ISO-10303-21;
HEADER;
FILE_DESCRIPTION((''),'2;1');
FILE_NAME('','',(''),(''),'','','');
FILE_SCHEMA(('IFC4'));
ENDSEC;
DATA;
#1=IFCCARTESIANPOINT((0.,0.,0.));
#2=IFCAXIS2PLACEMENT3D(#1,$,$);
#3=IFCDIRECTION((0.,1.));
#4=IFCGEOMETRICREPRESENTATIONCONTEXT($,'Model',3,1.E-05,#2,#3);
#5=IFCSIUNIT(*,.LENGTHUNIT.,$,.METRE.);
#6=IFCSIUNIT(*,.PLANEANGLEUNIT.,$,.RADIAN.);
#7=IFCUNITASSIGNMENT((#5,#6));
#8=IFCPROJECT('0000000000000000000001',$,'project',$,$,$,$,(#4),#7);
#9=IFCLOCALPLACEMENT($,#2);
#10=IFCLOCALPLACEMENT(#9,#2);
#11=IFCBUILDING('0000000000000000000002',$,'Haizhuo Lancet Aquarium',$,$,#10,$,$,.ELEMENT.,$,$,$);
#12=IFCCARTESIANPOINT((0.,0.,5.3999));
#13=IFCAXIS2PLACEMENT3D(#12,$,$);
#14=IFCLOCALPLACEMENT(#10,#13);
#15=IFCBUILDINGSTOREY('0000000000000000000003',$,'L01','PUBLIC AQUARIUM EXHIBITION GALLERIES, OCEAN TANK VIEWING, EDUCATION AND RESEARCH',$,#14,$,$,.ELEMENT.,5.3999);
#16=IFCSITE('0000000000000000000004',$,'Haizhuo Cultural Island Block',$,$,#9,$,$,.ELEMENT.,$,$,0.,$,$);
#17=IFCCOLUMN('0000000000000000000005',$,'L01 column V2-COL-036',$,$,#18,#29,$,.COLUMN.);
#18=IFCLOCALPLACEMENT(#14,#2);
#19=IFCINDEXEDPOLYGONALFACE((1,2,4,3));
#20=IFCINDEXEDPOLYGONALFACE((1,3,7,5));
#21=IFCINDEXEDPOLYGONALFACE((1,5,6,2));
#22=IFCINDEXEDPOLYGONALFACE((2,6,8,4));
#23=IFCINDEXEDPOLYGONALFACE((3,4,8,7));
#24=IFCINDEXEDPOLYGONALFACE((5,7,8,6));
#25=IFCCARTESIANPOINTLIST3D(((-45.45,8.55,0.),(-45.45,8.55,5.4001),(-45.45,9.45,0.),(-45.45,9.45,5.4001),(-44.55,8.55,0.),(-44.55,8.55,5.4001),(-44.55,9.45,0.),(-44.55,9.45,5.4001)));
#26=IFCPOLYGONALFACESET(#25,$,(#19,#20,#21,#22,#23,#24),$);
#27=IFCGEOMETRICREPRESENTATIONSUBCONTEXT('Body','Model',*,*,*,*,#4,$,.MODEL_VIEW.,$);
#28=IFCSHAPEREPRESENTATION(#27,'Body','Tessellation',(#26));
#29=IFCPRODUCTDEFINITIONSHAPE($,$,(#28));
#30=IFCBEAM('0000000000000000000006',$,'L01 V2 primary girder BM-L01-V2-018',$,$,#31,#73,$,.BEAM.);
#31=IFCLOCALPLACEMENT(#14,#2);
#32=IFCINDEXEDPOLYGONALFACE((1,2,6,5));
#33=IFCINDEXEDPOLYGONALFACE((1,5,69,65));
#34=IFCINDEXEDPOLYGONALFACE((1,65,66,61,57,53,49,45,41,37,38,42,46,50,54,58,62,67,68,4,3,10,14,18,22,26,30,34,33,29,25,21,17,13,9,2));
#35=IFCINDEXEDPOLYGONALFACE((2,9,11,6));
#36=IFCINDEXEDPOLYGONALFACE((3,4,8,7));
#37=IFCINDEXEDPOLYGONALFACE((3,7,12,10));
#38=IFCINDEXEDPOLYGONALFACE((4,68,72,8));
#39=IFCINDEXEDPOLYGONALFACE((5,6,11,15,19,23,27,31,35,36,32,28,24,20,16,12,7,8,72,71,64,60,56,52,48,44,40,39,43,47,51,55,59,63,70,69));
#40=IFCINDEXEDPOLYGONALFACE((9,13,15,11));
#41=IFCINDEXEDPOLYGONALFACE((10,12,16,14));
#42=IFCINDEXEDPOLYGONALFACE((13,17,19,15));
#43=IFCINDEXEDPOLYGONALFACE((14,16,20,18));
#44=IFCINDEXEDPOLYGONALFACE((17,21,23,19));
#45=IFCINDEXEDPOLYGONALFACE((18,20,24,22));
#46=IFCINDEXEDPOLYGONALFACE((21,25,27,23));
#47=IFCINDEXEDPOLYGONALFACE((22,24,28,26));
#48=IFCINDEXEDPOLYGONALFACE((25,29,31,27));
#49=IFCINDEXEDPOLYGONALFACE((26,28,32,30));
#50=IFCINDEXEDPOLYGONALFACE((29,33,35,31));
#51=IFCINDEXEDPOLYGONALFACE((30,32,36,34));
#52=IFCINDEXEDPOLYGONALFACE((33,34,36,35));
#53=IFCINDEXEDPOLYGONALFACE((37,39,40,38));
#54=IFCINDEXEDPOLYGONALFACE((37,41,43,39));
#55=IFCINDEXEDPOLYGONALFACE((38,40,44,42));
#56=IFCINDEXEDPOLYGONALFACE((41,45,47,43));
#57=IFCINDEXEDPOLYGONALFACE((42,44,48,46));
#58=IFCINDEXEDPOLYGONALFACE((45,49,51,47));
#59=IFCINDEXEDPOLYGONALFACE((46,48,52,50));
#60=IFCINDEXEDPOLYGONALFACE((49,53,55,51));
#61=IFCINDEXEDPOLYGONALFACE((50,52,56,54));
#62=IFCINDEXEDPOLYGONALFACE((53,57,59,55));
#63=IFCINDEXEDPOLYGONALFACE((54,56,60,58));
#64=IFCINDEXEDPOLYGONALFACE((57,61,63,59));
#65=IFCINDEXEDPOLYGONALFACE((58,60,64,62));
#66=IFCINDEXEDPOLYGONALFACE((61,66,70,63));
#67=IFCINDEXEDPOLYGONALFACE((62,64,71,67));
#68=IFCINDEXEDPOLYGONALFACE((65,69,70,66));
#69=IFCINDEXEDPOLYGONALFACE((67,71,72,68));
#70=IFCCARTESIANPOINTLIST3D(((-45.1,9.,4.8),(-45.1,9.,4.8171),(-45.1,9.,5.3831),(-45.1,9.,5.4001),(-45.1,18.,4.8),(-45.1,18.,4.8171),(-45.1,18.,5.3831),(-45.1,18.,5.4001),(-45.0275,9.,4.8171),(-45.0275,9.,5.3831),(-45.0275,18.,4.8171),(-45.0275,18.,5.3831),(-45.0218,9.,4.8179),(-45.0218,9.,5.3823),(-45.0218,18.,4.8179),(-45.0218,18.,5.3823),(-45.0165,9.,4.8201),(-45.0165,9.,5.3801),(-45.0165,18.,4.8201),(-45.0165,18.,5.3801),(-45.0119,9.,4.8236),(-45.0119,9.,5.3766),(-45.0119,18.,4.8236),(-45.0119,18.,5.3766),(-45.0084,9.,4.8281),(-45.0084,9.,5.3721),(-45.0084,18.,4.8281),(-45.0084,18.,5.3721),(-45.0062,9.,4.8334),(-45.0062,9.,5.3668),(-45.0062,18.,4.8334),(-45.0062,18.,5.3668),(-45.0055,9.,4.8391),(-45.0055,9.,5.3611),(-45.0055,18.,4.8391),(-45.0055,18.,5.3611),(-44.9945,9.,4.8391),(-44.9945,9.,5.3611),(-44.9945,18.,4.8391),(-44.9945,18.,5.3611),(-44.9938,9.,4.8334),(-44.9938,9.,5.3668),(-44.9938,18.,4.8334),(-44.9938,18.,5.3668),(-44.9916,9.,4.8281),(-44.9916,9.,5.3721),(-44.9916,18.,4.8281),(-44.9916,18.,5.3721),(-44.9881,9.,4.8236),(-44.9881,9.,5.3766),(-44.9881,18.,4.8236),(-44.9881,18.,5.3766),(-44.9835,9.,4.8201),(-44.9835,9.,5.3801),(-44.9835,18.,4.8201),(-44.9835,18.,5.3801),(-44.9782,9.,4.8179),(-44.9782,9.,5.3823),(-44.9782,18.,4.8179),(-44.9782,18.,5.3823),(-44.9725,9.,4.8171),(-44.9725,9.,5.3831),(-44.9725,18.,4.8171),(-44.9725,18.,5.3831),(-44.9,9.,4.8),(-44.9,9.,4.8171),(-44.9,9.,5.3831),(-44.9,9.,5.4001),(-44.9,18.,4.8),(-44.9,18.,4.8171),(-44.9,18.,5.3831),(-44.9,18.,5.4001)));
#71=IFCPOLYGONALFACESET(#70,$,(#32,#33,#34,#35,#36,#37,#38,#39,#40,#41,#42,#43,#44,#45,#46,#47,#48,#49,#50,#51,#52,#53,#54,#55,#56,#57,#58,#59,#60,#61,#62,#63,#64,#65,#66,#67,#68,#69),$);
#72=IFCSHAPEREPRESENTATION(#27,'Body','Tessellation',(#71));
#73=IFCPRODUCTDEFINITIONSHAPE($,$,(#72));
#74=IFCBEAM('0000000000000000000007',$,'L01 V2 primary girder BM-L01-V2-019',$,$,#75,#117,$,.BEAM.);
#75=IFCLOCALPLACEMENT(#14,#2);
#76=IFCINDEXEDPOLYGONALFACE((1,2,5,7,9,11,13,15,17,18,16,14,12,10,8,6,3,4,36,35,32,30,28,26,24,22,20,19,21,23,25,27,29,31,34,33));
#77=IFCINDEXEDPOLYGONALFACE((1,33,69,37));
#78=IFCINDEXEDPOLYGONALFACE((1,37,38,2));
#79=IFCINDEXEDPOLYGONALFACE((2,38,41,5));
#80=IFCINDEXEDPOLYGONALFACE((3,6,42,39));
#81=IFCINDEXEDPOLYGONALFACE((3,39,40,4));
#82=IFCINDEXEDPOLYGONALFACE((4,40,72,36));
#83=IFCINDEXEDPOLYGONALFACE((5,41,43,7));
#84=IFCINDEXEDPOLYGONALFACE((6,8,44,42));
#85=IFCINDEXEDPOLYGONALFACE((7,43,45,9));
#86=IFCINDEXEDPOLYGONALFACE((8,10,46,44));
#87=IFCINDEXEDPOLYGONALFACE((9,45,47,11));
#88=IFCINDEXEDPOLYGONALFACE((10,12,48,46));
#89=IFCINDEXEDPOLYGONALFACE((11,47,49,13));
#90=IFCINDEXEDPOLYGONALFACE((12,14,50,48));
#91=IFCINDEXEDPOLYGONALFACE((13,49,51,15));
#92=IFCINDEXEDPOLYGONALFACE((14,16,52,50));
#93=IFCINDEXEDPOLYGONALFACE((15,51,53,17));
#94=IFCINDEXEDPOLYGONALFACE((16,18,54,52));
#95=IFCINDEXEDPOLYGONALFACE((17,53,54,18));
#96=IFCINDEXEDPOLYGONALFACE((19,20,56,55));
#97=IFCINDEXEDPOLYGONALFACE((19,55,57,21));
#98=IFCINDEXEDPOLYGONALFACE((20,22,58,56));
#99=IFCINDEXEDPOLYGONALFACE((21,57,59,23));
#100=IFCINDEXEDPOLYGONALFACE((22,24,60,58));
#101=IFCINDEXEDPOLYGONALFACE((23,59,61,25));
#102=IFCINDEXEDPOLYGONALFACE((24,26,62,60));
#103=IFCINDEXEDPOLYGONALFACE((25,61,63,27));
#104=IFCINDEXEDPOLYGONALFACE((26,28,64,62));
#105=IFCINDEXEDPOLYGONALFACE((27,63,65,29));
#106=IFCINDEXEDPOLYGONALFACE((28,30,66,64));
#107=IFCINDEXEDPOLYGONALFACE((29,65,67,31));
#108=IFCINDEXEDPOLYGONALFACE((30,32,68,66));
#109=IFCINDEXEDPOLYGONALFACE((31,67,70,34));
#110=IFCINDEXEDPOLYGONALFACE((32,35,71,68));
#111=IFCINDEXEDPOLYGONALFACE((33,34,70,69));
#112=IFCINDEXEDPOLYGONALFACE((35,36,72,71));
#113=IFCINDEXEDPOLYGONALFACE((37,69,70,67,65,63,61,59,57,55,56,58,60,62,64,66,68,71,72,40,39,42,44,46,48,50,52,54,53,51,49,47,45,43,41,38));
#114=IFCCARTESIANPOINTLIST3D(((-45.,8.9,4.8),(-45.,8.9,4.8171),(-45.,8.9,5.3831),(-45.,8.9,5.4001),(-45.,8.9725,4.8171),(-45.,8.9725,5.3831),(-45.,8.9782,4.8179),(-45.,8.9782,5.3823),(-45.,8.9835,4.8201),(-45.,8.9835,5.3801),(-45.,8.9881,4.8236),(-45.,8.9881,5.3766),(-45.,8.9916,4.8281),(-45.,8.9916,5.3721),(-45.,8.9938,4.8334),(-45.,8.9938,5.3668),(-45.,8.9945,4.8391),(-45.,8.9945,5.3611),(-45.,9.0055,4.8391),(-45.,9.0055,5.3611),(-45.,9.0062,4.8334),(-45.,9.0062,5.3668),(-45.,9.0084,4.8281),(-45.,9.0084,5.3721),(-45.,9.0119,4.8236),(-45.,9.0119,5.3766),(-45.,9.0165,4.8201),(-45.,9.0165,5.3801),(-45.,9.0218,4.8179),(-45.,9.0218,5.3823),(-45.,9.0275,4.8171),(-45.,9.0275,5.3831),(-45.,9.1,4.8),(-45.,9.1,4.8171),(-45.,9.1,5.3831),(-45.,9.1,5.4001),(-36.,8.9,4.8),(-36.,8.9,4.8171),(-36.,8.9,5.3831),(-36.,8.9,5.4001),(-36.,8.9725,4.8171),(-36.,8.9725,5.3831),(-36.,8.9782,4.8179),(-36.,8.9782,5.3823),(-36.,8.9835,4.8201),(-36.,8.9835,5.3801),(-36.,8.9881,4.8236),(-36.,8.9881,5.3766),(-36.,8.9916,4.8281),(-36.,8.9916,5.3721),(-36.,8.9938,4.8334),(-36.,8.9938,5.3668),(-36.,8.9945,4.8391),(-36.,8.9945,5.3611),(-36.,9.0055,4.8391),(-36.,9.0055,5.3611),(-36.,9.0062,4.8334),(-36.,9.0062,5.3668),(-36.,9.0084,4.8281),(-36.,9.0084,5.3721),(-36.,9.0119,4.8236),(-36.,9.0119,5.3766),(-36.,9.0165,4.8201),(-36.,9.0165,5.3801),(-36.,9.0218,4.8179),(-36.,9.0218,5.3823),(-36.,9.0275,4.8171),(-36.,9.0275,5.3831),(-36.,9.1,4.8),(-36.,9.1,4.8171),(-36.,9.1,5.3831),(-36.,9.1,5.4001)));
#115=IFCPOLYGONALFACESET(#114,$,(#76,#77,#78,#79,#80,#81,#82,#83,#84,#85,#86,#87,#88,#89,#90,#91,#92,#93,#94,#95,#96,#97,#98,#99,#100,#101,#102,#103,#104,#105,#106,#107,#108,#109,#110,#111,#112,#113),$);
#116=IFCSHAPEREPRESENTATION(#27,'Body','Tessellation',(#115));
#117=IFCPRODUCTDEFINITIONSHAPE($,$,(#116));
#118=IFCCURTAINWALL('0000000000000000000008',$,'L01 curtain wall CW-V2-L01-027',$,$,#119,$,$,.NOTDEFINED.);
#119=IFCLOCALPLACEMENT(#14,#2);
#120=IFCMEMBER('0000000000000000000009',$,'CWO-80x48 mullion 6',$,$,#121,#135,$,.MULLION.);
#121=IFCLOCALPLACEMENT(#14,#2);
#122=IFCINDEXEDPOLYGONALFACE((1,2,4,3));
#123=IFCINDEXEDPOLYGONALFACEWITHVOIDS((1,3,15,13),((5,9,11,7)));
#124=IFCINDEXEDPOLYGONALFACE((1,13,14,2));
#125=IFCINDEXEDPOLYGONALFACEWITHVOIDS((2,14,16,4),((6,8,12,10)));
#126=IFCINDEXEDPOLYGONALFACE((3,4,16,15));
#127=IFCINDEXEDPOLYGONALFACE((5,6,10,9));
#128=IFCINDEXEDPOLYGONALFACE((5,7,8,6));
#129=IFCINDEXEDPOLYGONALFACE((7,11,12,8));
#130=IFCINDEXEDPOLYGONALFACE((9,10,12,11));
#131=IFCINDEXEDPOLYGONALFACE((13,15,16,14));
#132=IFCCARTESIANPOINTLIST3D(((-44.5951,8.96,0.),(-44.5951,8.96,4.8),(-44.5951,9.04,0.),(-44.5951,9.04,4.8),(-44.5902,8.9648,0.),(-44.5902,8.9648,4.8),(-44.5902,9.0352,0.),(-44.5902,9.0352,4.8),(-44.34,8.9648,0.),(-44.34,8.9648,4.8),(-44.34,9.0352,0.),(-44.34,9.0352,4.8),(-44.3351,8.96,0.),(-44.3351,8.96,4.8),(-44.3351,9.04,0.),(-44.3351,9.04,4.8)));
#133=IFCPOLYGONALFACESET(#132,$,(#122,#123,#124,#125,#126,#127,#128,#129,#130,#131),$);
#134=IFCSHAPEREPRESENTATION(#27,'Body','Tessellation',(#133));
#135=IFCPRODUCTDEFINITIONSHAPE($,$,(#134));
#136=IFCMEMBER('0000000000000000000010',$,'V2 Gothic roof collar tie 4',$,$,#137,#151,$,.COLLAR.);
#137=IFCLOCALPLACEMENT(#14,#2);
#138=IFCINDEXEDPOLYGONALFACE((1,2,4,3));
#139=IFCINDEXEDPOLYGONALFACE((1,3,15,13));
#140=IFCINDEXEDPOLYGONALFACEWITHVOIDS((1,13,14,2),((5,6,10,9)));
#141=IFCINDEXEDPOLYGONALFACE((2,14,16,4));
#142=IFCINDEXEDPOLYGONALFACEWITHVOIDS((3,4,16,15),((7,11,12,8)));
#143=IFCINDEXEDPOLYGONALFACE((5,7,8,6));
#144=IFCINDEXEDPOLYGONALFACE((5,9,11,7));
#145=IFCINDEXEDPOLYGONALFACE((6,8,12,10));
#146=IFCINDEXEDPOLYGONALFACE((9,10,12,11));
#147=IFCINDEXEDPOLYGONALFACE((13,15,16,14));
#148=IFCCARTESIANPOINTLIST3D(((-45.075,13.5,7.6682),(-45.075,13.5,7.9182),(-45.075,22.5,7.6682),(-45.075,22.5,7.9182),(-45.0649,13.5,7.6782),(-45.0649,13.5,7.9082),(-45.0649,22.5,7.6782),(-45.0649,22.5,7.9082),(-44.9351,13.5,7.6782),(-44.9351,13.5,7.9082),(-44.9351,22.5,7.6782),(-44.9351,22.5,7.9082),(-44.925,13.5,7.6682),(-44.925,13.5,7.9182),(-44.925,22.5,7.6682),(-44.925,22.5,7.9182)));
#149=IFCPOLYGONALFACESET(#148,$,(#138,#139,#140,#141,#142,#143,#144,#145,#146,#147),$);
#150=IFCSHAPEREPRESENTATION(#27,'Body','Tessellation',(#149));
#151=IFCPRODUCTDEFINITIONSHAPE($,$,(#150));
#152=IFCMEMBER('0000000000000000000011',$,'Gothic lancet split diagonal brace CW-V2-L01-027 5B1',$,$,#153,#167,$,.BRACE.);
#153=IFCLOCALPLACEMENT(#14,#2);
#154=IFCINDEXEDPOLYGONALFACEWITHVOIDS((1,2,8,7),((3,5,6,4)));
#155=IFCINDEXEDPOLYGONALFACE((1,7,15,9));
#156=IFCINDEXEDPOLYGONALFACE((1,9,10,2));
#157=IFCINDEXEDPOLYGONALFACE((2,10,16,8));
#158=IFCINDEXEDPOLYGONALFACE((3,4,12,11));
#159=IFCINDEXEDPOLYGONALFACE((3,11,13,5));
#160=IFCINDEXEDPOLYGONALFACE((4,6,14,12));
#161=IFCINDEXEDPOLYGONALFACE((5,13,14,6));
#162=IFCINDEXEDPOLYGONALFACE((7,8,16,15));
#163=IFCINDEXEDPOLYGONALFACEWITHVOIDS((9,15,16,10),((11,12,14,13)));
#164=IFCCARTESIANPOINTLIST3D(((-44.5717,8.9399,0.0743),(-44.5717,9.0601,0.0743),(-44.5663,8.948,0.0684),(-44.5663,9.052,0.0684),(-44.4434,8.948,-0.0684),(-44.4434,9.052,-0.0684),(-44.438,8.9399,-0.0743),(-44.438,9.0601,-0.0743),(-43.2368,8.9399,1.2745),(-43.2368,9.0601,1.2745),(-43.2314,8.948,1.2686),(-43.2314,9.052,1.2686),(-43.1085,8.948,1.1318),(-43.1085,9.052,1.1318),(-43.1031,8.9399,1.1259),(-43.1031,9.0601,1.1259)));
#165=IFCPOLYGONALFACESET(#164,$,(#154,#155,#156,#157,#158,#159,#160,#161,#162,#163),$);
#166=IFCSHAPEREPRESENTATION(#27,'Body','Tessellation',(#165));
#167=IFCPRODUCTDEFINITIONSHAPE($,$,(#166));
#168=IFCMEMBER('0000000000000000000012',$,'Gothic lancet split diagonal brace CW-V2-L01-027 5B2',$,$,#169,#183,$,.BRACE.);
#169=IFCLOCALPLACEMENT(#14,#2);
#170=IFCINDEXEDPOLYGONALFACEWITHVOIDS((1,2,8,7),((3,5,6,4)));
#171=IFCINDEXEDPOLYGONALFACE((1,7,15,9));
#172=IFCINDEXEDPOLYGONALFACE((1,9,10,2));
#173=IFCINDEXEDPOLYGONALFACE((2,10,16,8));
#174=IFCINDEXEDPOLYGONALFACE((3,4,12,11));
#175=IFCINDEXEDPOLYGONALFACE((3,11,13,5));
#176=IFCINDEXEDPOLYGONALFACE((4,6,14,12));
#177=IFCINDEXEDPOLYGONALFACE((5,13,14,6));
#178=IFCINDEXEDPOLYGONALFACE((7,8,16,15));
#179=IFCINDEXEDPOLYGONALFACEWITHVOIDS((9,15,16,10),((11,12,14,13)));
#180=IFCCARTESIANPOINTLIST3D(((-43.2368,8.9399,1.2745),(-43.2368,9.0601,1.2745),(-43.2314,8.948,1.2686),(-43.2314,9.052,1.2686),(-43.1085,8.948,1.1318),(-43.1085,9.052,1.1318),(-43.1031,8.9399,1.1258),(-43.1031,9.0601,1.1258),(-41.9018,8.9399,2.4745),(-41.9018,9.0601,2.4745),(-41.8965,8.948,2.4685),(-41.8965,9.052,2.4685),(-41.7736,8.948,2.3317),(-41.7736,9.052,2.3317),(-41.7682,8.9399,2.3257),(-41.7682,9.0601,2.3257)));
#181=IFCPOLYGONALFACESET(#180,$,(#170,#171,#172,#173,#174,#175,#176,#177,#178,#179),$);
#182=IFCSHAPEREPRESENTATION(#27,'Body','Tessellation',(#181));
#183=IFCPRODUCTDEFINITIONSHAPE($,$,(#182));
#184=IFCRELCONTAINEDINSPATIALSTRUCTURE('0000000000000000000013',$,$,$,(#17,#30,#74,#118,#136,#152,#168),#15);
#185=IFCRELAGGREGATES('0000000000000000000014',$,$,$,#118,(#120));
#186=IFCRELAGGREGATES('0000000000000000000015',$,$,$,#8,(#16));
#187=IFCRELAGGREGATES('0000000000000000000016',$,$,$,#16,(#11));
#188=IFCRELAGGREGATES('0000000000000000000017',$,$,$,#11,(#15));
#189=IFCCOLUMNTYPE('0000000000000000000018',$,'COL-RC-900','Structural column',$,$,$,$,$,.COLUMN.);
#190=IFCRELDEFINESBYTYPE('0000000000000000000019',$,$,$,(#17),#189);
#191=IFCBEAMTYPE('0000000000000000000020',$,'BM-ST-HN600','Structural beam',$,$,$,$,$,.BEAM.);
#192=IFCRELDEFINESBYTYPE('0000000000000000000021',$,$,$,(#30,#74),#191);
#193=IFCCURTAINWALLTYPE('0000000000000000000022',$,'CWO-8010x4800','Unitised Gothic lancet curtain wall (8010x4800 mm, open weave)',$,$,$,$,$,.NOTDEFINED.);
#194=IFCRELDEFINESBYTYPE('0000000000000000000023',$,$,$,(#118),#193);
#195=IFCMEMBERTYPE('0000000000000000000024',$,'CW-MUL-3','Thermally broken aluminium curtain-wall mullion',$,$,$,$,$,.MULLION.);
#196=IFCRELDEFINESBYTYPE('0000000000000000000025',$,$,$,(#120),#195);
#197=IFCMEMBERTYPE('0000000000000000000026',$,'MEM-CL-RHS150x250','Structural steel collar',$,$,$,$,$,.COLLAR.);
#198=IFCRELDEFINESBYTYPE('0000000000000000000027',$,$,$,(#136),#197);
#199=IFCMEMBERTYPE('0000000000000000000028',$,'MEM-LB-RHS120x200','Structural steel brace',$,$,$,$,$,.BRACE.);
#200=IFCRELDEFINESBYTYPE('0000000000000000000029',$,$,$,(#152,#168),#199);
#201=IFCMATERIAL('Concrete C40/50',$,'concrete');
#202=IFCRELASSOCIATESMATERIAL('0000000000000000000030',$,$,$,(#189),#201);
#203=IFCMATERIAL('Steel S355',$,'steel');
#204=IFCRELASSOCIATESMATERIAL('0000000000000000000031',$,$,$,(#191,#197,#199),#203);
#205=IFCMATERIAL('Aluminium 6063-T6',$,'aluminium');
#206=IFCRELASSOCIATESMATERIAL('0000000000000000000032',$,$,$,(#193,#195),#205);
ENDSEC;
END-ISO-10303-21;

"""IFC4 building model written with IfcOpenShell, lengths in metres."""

from ifc_helpers import new_model, si_unit, direction, frame, origin, origin_2d, place, context, subcontext, project, spatial, rectangle, hollow_rectangle, i_section, extrude, material, material_profile, profile_set, type_object, element, aggregate, save


model = new_model("IFC4")

# Units and contexts
model_context = context("Model", 3, precision=1e-05, world=origin(), true_north=direction((0.0, 1.0)))
body_context = subcontext(model_context, "Body", "Model", "MODEL_VIEW")
ifc_project = project(units=[si_unit("LENGTHUNIT", "METRE"), si_unit("PLANEANGLEUNIT", "RADIAN")], contexts=[model_context])

# Site, building, storey
site_placement = place(None, origin())
site = spatial("IfcSite", under=ifc_project, at=site_placement, Name="Haizhuo Cultural Island Block", CompositionType="ELEMENT", RefElevation=0.0)
building_placement = place(site_placement, origin())
building = spatial("IfcBuilding", under=site, at=building_placement, Name="Haizhuo Lancet Aquarium", CompositionType="ELEMENT")
storey_placement = place(building_placement, frame((0.0, 0.0, 5.3999)))
storey = spatial("IfcBuildingStorey", under=building, at=storey_placement, Name="L01", Description="PUBLIC AQUARIUM EXHIBITION GALLERIES, OCEAN TANK VIEWING, EDUCATION AND RESEARCH", CompositionType="ELEMENT", Elevation=5.3999)

# Column
ifc_material_1 = material(Name="Concrete C40/50", Category="concrete")
ifc_material_profile_1 = material_profile(ifc_material_1, rectangle(XDim=0.8999, YDim=0.8999, at=origin_2d()), Name="RC-COL 900x900")
ifc_profile_set_1 = profile_set([ifc_material_profile_1], Name="Concrete C40/50")
column_type = type_object("IfcColumnType", Name="COL-RC-900", Description="Structural column", PredefinedType="COLUMN", material=ifc_profile_set_1)
column_placement = place(storey_placement, frame((-45.0, 9.0, 0.0), z_axis=(0.0, 0.0, 1.0), x_axis=(1.0, 0.0, 0.0)))
element("IfcColumn", 1, at=column_placement, inside=storey, type_object=column_type, Name="L01 column V2-COL-036", PredefinedType="COLUMN", context=body_context, shape_type="SweptSolid", body=[
    extrude(rectangle(XDim=0.8999, YDim=0.8999, at=origin_2d()), origin(), (0.0, 0.0, 1.0), 5.4001),
])

# Beams
ifc_material_2 = material(Name="Steel S355", Category="steel")
ifc_material_profile_2 = material_profile(ifc_material_2, i_section(OverallWidth=0.2, OverallDepth=0.6001, WebThickness=0.011, FlangeThickness=0.0171, FilletRadius=0.022, at=origin_2d()), Name="HN 600x200x11x17")
ifc_profile_set_2 = profile_set([ifc_material_profile_2], Name="Steel S355")
beam_type = type_object("IfcBeamType", Name="BM-ST-HN600", Description="Structural beam", PredefinedType="BEAM", material=ifc_profile_set_2)
for number, where, z_axis, x_axis, name in (
    (2, (-45.0, 9.0, 5.1001), (0.0, 1.0, 0.0), (-1.0, 0.0, 0.0), "L01 V2 primary girder BM-L01-V2-018"),
    (3, (-45.0, 9.0, 5.1001), (1.0, 0.0, 0.0), (0.0, 1.0, 0.0), "L01 V2 primary girder BM-L01-V2-019"),
):
    element("IfcBeam", number, at=place(storey_placement, frame(where, z_axis=z_axis, x_axis=x_axis)), inside=storey, type_object=beam_type, Name=name, PredefinedType="BEAM", context=body_context, shape_type="SweptSolid", body=[
        extrude(i_section(OverallWidth=0.2, OverallDepth=0.6001, WebThickness=0.011, FlangeThickness=0.0171, FilletRadius=0.022, at=origin_2d()), origin(), (0.0, 0.0, 1.0), 9.0),
    ])

# Curtain wall, member
ifc_material_3 = material(Name="Aluminium 6063-T6", Category="aluminium")
curtain_wall_type = type_object("IfcCurtainWallType", Name="CWO-8010x4800", Description="Unitised Gothic lancet curtain wall (8010x4800 mm, open weave)", PredefinedType="NOTDEFINED", material=ifc_material_3)
curtain_wall_placement = place(storey_placement, origin())
curtain_wall = element("IfcCurtainWall", 4, at=curtain_wall_placement, inside=storey, type_object=curtain_wall_type, Name="L01 curtain wall CW-V2-L01-027", PredefinedType="NOTDEFINED")
ifc_material_profile_3 = material_profile(ifc_material_3, hollow_rectangle(XDim=0.0801, YDim=0.26, WallThickness=0.0049, at=origin_2d()), Name="ALU-M 80x260x5")
ifc_profile_set_3 = profile_set([ifc_material_profile_3], Name="Aluminium 6063-T6")
member_type_1 = type_object("IfcMemberType", Name="CW-MUL-3", Description="Thermally broken aluminium curtain-wall mullion", PredefinedType="MULLION", material=ifc_profile_set_3)
member_1_placement = place(storey_placement, frame((-44.4651, 9.0, 0.0), z_axis=(0.0, 0.0, 1.0), x_axis=(0.0, -1.0, 0.0)))
member_1 = element("IfcMember", 5, at=member_1_placement, type_object=member_type_1, Name="CWO-80x48 mullion 6", PredefinedType="MULLION", context=body_context, shape_type="SweptSolid", body=[
    extrude(hollow_rectangle(XDim=0.0801, YDim=0.26, WallThickness=0.0049, at=origin_2d()), origin(), (0.0, 0.0, 1.0), 4.8),
])

# Members
ifc_material_profile_4 = material_profile(ifc_material_2, hollow_rectangle(XDim=0.1499, YDim=0.25, WallThickness=0.01, at=origin_2d()), Name="RHS 150x250x10")
ifc_profile_set_4 = profile_set([ifc_material_profile_4], Name="Steel S355")
member_type_2 = type_object("IfcMemberType", Name="MEM-CL-RHS150x250", Description="Structural steel collar", PredefinedType="COLLAR", material=ifc_profile_set_4)
member_2_placement = place(storey_placement, frame((-45.0, 13.5, 7.7932), z_axis=(0.0, 1.0, 0.0), x_axis=(-1.0, 0.0, 0.0)))
element("IfcMember", 6, at=member_2_placement, inside=storey, type_object=member_type_2, Name="V2 Gothic roof collar tie 4", PredefinedType="COLLAR", context=body_context, shape_type="SweptSolid", body=[
    extrude(hollow_rectangle(XDim=0.1499, YDim=0.25, WallThickness=0.01, at=origin_2d()), origin(), (0.0, 0.0, 1.0), 9.0),
])
ifc_material_profile_5 = material_profile(ifc_material_2, hollow_rectangle(XDim=0.1201, YDim=0.2, WallThickness=0.0081, at=origin_2d()), Name="RHS 120x200x8")
ifc_profile_set_5 = profile_set([ifc_material_profile_5], Name="Steel S355")
member_type_3 = type_object("IfcMemberType", Name="MEM-LB-RHS120x200", Description="Structural steel brace", PredefinedType="BRACE", material=ifc_profile_set_5)
member_3_placement = place(storey_placement, frame((-44.5049, 9.0, 0.0), z_axis=(0.743646, 0.0, 0.668574), x_axis=(0.0, 1.0, 0.0)))
element("IfcMember", 7, at=member_3_placement, inside=storey, type_object=member_type_3, Name="Gothic lancet split diagonal brace CW-V2-L01-027 5B1", PredefinedType="BRACE", context=body_context, shape_type="SweptSolid", body=[
    extrude(hollow_rectangle(XDim=0.1201, YDim=0.2, WallThickness=0.0081, at=origin_2d()), origin(), (0.0, 0.0, 1.0), 1.7952),
])
for number, where, z_axis, x_axis, name in (
    (8, (-43.1699, 9.0, 1.2002), (0.743713, 0.0, 0.668499), (0.0, 1.0, 0.0), "Gothic lancet split diagonal brace CW-V2-L01-027 5B2"),
):
    element("IfcMember", number, at=place(storey_placement, frame(where, z_axis=z_axis, x_axis=x_axis)), inside=storey, type_object=member_type_3, Name=name, PredefinedType="BRACE", context=body_context, shape_type="SweptSolid", body=[
        extrude(hollow_rectangle(XDim=0.1201, YDim=0.2, WallThickness=0.0081, at=origin_2d()), origin(), (0.0, 0.0, 1.0), 1.7949),
    ])

aggregate(curtain_wall, [member_1])

save(model, "model.ifc")
